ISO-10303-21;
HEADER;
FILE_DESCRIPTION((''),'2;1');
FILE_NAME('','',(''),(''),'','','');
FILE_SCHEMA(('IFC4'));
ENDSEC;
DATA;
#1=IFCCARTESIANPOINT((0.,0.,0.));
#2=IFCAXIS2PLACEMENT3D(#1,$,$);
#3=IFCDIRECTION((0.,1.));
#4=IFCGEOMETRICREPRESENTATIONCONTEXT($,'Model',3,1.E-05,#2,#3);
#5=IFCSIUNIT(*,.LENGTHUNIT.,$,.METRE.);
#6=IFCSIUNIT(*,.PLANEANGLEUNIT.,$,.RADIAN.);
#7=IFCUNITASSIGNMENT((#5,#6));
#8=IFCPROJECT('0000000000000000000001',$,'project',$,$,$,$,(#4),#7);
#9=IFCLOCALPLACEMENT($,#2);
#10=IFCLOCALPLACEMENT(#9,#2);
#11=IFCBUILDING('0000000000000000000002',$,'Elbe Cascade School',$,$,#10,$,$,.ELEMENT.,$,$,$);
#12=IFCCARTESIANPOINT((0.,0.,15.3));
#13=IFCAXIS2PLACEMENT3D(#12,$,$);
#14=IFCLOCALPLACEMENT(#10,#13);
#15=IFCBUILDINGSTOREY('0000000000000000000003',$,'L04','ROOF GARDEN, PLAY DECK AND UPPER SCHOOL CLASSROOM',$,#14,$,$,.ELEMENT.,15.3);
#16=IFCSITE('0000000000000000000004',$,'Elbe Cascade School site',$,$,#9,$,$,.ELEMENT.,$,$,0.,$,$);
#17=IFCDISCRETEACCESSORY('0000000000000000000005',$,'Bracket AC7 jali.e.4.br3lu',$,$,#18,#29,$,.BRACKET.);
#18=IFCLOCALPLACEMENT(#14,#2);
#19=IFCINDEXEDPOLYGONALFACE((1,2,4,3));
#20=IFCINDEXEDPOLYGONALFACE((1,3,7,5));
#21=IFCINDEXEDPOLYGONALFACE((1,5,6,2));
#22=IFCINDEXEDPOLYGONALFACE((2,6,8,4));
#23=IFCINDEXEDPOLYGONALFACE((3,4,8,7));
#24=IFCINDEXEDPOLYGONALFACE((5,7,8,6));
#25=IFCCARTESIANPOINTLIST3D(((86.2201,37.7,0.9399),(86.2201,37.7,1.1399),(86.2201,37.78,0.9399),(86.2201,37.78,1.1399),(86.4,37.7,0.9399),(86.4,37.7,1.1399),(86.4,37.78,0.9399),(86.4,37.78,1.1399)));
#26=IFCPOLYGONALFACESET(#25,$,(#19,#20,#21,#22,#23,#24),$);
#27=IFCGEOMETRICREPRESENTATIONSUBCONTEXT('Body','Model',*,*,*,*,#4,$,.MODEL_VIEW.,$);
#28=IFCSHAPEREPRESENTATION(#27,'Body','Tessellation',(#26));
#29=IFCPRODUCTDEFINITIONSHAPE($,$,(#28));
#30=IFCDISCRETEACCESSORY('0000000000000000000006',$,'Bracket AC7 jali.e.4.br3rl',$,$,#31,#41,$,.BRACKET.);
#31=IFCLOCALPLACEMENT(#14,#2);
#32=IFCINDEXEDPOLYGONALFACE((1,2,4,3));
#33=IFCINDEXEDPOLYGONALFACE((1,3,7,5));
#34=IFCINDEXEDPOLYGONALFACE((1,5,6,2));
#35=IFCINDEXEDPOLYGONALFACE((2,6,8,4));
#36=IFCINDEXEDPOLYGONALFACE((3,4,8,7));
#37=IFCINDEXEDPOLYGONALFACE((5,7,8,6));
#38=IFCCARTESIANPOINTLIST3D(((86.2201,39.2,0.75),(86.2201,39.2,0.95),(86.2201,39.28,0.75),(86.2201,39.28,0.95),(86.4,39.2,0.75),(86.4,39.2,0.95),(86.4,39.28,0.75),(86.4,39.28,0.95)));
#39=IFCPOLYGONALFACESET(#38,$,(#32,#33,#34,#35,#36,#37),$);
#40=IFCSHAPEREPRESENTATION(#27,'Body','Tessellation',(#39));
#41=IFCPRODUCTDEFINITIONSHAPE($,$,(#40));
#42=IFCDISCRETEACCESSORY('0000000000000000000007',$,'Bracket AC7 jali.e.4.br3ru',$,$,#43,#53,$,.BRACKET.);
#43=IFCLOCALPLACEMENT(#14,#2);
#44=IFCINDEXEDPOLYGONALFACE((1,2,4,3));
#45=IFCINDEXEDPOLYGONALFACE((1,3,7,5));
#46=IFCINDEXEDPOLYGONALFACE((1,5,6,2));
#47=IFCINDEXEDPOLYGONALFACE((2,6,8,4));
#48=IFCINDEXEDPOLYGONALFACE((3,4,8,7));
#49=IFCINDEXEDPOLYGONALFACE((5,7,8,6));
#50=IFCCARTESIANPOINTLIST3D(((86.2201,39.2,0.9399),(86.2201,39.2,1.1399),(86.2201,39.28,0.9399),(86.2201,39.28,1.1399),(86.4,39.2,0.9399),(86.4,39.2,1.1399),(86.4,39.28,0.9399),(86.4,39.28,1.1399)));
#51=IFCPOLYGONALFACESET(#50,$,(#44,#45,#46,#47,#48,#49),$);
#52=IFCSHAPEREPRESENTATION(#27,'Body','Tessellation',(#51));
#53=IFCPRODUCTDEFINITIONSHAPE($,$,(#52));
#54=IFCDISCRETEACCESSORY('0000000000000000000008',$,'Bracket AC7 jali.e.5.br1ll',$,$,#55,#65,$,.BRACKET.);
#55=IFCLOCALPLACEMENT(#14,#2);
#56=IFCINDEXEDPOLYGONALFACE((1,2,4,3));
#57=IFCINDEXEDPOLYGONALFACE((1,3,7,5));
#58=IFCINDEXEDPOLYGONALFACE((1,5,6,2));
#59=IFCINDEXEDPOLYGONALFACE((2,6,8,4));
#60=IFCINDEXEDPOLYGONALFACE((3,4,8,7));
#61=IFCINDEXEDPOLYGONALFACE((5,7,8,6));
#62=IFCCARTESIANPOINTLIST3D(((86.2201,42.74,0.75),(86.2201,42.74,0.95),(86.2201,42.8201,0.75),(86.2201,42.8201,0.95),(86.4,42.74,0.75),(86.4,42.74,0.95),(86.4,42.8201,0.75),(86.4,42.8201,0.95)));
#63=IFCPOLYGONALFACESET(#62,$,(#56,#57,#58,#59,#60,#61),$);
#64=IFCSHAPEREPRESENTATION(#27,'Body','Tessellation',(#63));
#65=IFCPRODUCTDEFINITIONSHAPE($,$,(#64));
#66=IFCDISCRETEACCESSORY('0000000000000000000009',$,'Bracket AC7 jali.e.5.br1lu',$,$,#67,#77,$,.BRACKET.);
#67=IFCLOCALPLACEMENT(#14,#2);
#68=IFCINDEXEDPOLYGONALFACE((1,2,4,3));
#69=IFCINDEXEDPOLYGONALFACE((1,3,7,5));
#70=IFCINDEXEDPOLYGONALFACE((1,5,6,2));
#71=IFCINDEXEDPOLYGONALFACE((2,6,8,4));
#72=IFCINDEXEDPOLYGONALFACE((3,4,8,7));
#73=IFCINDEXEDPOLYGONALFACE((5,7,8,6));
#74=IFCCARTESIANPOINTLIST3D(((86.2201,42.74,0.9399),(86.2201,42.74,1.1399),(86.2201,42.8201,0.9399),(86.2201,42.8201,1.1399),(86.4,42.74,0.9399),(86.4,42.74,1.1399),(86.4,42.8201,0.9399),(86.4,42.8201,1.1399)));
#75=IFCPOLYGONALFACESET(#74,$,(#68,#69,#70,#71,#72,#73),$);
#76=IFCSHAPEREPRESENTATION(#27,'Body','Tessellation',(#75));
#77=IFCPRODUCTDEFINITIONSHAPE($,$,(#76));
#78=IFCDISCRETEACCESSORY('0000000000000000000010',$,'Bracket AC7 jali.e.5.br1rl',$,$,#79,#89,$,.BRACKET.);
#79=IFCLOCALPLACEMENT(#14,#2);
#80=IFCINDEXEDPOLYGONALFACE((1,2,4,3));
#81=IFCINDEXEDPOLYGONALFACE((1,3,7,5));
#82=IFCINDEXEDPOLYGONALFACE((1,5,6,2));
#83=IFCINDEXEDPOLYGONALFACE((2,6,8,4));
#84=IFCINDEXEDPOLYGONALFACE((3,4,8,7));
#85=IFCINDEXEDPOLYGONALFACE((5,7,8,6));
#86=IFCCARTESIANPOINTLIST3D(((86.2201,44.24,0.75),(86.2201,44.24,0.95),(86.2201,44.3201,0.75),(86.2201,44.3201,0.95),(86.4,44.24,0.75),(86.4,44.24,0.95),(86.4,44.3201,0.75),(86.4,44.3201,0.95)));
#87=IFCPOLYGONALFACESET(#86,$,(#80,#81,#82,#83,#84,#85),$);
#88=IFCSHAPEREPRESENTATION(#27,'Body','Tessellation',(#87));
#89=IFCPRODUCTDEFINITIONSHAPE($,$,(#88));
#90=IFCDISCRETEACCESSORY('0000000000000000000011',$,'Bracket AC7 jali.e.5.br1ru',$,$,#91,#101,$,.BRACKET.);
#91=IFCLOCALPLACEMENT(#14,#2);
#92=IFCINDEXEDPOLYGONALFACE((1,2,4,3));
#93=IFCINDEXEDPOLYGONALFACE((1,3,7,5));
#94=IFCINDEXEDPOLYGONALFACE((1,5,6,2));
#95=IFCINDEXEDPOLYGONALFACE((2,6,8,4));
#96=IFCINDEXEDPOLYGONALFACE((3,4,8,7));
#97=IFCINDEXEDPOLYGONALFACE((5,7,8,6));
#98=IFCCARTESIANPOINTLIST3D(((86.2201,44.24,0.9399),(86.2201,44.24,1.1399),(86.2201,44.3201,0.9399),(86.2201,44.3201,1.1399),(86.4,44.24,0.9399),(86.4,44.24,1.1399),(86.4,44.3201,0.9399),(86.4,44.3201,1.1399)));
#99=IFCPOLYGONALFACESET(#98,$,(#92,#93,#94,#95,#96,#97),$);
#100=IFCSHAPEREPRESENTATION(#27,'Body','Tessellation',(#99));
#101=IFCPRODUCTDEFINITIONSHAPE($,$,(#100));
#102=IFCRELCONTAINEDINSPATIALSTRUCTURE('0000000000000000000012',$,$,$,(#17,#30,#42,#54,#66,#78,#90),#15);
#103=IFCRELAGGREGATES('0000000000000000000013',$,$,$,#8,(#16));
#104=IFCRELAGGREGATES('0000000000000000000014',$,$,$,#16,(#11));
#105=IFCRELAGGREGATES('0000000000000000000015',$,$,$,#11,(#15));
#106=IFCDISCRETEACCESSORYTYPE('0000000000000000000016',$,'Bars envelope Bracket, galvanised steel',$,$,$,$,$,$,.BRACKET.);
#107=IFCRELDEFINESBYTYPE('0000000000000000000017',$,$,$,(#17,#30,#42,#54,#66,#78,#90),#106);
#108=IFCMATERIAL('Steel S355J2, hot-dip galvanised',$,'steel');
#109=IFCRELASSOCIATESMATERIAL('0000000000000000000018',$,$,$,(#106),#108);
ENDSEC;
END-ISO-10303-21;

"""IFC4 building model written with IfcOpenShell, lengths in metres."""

from ifc_helpers import new_model, si_unit, direction, frame, origin, origin_2d, place, context, subcontext, project, spatial, rectangle, extrude, material, type_object, element, save


model = new_model("IFC4")

# Units and contexts
model_context = context("Model", 3, precision=1e-05, world=origin(), true_north=direction((0.0, 1.0)))
body_context = subcontext(model_context, "Body", "Model", "MODEL_VIEW")
ifc_project = project(units=[si_unit("LENGTHUNIT", "METRE"), si_unit("PLANEANGLEUNIT", "RADIAN")], contexts=[model_context])

# Site, building, storey
site_placement = place(None, origin())
site = spatial("IfcSite", under=ifc_project, at=site_placement, Name="Elbe Cascade School site", CompositionType="ELEMENT", RefElevation=0.0)
building_placement = place(site_placement, origin())
building = spatial("IfcBuilding", under=site, at=building_placement, Name="Elbe Cascade School", CompositionType="ELEMENT")
storey_placement = place(building_placement, frame((0.0, 0.0, 15.3)))
storey = spatial("IfcBuildingStorey", under=building, at=storey_placement, Name="L04", Description="ROOF GARDEN, PLAY DECK AND UPPER SCHOOL CLASSROOM", CompositionType="ELEMENT", Elevation=15.3)

# Discrete accessories
ifc_material_1 = material(Name="Steel S355J2, hot-dip galvanised", Category="steel")
discrete_accessory_type = type_object("IfcDiscreteAccessoryType", Name="Bars envelope Bracket, galvanised steel", PredefinedType="BRACKET", material=ifc_material_1)
for number, where, z_axis, x_axis, name in (
    (1, (86.3101, 37.74, 0.9399), (0.0, 0.0, 1.0), (0.0, 1.0, 0.0), "Bracket AC7 jali.e.4.br3lu"),
    (2, (86.3101, 39.24, 0.75), (0.0, 0.0, 1.0), (0.0, 1.0, 0.0), "Bracket AC7 jali.e.4.br3rl"),
    (3, (86.3101, 39.24, 0.9399), (0.0, 0.0, 1.0), (0.0, 1.0, 0.0), "Bracket AC7 jali.e.4.br3ru"),
    (4, (86.3101, 42.78, 0.75), (0.0, 0.0, 1.0), (0.0, 1.0, 0.0), "Bracket AC7 jali.e.5.br1ll"),
    (5, (86.3101, 42.78, 0.9399), (0.0, 0.0, 1.0), (0.0, 1.0, 0.0), "Bracket AC7 jali.e.5.br1lu"),
    (6, (86.3101, 44.28, 0.75), (0.0, 0.0, 1.0), (0.0, 1.0, 0.0), "Bracket AC7 jali.e.5.br1rl"),
    (7, (86.3101, 44.28, 0.9399), (0.0, 0.0, 1.0), (0.0, 1.0, 0.0), "Bracket AC7 jali.e.5.br1ru"),
):
    element("IfcDiscreteAccessory", number, at=place(storey_placement, frame(where, z_axis=z_axis, x_axis=x_axis)), inside=storey, type_object=discrete_accessory_type, Name=name, PredefinedType="BRACKET", context=body_context, shape_type="SweptSolid", body=[
        extrude(rectangle(XDim=0.0801, YDim=0.1799, at=origin_2d()), origin(), (0.0, 0.0, 1.0), 0.2),
    ])

save(model, "model.ifc")
